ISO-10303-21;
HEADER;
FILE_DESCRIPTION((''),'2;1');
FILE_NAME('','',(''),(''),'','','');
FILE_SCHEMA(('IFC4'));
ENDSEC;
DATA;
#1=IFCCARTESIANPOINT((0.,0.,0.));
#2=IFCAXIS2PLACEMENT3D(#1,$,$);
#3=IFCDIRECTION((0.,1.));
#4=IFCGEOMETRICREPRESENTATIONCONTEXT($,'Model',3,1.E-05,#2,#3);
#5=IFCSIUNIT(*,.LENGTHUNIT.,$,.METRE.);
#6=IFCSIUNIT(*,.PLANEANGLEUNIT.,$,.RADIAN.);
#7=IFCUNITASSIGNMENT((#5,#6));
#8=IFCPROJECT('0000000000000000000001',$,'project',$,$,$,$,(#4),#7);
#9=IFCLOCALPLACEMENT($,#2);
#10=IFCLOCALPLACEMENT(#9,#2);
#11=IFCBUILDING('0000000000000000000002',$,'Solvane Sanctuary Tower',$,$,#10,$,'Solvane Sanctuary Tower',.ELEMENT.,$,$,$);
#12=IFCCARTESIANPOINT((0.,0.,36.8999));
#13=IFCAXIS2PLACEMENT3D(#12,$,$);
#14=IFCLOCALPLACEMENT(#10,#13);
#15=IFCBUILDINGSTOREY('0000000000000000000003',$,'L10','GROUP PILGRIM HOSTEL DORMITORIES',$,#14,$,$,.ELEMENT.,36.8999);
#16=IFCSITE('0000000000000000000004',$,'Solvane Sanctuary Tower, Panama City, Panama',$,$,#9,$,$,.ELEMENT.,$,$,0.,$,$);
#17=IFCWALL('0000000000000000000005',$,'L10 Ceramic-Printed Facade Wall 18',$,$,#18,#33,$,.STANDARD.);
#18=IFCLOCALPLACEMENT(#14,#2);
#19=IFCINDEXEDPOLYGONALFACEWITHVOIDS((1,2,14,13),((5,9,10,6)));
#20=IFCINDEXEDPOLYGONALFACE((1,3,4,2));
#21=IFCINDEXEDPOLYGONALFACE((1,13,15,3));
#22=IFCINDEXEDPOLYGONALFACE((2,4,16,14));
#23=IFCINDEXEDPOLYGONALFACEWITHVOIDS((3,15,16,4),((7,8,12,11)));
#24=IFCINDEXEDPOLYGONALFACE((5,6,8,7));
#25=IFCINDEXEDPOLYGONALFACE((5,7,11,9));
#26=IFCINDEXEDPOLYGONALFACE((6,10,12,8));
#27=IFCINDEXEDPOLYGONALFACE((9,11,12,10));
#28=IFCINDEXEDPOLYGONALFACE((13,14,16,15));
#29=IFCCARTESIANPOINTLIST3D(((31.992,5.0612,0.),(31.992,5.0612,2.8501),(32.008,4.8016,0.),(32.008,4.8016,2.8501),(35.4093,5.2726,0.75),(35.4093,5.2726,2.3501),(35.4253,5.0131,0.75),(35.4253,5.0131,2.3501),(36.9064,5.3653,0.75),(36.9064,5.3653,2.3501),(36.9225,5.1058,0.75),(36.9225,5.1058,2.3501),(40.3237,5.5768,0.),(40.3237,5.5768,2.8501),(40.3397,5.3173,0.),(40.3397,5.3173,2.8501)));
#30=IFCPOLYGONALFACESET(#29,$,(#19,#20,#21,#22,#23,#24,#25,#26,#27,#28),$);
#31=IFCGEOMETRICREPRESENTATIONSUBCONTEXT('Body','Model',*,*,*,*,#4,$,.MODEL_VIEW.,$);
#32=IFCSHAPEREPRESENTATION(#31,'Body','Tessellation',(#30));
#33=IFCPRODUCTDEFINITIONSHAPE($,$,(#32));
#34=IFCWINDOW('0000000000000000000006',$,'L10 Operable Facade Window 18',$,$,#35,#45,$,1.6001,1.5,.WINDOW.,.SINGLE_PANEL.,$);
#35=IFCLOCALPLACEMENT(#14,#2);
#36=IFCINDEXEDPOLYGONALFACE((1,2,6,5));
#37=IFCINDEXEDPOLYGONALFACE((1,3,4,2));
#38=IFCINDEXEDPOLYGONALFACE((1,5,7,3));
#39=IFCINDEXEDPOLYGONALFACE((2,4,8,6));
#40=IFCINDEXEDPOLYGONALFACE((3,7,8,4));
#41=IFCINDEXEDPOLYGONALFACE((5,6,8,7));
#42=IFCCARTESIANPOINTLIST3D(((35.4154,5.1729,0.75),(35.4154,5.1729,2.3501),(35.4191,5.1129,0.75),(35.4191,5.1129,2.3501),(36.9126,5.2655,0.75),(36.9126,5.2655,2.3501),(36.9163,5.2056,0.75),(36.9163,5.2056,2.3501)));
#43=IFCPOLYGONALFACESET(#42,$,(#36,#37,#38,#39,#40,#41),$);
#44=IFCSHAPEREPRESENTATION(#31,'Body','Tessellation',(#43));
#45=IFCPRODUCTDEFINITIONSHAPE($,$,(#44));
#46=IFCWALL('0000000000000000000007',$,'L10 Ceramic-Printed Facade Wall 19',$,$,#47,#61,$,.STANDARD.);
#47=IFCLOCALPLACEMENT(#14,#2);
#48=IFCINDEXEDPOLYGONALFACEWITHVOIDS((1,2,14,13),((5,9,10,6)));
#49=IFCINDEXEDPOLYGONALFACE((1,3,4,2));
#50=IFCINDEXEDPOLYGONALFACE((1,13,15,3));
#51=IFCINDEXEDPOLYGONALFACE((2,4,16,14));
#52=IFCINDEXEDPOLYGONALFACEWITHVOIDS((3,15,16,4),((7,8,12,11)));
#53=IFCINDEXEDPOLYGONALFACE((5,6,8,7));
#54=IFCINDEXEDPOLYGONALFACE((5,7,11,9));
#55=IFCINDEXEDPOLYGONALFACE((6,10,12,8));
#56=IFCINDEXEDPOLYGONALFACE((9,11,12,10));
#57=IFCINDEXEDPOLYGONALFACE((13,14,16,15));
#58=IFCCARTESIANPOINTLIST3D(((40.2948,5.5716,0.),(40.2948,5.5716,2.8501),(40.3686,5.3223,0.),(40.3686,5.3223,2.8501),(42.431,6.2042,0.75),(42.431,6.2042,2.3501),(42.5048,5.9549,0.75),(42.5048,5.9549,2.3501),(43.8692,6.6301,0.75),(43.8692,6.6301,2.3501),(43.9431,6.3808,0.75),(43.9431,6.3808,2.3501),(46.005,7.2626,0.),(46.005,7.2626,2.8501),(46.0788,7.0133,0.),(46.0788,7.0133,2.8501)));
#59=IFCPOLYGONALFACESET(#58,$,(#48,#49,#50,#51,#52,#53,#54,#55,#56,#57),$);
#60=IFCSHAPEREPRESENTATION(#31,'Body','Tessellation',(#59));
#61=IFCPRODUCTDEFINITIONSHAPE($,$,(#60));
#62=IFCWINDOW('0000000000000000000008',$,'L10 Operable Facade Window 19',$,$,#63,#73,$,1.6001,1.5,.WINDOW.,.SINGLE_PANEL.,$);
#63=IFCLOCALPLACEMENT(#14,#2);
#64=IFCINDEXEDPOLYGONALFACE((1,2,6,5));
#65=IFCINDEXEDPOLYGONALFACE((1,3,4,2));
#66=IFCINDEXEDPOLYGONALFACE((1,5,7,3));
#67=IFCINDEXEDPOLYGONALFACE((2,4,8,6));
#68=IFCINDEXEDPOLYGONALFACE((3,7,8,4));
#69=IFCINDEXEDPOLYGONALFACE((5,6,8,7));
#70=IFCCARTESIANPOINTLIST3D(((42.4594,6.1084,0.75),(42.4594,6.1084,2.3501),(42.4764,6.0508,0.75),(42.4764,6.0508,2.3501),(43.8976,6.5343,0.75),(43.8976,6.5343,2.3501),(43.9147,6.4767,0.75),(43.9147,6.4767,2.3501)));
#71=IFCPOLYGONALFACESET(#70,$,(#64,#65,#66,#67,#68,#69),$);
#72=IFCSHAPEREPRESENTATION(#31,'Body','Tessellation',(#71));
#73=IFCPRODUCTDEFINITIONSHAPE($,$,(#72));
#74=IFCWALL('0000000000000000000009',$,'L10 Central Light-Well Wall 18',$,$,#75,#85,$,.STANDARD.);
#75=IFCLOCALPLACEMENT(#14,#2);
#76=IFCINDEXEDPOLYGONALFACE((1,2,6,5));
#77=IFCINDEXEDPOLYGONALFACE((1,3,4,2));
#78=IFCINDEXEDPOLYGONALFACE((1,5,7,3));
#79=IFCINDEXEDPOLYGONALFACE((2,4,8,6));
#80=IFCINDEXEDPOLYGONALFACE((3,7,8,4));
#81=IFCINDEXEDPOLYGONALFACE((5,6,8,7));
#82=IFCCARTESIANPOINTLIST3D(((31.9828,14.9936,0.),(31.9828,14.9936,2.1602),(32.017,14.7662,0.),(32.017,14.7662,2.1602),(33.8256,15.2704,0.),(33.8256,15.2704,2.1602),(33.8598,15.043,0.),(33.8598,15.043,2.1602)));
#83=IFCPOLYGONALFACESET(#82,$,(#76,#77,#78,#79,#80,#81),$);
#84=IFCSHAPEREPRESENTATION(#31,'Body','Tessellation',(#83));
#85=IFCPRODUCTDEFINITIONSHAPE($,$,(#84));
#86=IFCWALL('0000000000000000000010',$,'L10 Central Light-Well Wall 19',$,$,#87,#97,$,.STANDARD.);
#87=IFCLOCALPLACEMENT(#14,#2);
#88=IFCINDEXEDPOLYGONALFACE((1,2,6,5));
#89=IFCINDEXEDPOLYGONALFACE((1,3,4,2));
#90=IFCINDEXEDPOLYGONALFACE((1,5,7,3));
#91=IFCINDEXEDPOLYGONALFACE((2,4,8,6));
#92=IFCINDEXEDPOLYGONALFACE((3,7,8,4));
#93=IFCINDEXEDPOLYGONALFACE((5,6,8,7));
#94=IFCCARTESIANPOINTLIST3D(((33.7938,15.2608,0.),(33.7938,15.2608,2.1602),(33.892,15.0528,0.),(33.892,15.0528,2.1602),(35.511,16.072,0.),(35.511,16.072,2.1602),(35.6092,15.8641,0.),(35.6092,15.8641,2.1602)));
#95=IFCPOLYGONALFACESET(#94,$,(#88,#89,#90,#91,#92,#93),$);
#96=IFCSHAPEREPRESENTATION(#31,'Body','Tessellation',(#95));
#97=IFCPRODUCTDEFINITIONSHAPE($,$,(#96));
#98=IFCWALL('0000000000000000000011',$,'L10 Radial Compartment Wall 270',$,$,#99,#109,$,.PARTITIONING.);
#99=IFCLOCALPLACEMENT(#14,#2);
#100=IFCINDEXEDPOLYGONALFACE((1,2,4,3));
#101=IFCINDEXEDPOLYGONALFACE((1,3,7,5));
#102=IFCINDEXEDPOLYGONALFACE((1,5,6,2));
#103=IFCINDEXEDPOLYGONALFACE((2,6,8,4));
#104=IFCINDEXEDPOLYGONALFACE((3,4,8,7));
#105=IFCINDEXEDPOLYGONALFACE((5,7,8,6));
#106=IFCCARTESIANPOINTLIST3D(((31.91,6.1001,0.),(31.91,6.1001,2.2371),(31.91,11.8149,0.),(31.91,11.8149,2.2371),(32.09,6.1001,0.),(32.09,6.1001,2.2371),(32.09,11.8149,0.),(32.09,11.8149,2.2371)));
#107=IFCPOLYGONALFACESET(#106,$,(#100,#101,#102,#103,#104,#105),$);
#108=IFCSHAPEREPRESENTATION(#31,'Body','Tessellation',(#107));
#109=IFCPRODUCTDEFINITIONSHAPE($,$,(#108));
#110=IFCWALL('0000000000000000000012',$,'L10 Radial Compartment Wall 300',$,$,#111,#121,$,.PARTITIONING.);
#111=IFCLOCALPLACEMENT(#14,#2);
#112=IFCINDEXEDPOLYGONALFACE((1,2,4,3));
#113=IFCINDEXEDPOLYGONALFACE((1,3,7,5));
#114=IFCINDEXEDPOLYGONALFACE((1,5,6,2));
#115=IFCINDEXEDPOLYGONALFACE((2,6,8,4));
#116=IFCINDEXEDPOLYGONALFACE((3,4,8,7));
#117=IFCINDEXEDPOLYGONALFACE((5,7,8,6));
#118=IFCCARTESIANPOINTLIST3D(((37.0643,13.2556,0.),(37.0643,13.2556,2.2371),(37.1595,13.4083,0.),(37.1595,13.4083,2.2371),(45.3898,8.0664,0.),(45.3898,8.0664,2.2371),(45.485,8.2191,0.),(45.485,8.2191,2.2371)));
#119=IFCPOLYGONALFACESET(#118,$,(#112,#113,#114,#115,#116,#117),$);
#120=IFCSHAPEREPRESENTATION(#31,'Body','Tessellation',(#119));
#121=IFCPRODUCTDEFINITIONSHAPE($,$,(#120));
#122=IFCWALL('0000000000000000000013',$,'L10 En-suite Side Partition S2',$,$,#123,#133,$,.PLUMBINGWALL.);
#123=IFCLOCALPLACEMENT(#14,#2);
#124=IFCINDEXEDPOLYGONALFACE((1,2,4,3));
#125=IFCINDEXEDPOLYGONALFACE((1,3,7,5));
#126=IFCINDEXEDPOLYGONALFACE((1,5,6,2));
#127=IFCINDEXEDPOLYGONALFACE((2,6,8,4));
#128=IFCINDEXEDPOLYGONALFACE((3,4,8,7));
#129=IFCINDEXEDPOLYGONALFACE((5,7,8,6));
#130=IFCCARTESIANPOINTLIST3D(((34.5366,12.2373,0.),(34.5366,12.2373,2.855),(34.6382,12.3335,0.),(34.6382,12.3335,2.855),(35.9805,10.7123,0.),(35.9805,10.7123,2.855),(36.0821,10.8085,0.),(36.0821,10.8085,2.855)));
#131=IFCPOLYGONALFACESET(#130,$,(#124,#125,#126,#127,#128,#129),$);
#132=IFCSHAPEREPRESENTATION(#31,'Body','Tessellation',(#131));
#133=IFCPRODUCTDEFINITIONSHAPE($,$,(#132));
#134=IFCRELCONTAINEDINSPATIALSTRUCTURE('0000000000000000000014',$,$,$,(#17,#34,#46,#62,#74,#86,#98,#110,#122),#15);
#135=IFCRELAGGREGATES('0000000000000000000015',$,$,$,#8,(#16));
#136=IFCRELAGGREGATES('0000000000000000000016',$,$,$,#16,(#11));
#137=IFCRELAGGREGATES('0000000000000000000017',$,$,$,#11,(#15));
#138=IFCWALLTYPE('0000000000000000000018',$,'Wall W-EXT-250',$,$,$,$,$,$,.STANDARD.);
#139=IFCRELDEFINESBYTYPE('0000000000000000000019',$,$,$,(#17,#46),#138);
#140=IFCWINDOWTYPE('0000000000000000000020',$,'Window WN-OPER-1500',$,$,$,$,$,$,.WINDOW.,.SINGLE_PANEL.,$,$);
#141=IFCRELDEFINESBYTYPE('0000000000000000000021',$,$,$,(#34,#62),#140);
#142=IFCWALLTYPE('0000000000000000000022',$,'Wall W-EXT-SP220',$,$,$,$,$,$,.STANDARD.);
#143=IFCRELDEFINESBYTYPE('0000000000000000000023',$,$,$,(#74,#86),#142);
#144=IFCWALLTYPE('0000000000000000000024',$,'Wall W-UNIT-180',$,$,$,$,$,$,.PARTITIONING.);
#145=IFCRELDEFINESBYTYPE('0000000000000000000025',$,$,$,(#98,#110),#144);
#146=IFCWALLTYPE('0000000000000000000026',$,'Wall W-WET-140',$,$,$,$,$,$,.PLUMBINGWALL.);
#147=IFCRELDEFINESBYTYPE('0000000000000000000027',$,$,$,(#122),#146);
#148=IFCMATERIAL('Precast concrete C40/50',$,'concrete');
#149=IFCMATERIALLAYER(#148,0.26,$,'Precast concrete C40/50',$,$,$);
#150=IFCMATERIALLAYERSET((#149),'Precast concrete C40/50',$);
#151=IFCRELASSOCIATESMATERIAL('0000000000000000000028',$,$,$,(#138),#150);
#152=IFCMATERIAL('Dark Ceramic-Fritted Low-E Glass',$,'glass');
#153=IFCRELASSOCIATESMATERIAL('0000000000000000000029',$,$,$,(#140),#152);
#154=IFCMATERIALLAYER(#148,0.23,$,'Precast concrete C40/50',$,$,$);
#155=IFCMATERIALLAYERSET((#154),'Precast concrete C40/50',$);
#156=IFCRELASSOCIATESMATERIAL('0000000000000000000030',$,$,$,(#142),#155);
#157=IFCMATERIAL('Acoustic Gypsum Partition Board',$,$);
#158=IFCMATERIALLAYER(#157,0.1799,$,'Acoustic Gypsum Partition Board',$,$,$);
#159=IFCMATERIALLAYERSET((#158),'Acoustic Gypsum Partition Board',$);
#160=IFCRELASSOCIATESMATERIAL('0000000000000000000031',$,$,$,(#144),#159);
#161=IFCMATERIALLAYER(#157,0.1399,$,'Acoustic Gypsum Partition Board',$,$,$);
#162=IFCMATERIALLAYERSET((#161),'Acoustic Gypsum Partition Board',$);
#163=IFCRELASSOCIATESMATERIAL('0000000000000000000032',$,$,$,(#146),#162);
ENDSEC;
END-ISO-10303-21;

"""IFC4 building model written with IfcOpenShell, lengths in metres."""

from ifc_helpers import new_model, si_unit, direction, frame, frame_2d, origin, place, context, subcontext, project, spatial, rectangle, extrude, material, layer, layer_set, type_object, element, fill, save


model = new_model("IFC4")

# Units and contexts
model_context = context("Model", 3, precision=1e-05, world=origin(), true_north=direction((0.0, 1.0)))
body_context = subcontext(model_context, "Body", "Model", "MODEL_VIEW")
ifc_project = project(units=[si_unit("LENGTHUNIT", "METRE"), si_unit("PLANEANGLEUNIT", "RADIAN")], contexts=[model_context])

# Site, building, storey
site_placement = place(None, origin())
site = spatial("IfcSite", under=ifc_project, at=site_placement, Name="Solvane Sanctuary Tower, Panama City, Panama", CompositionType="ELEMENT", RefElevation=0.0)
building_placement = place(site_placement, origin())
building = spatial("IfcBuilding", under=site, at=building_placement, Name="Solvane Sanctuary Tower", LongName="Solvane Sanctuary Tower", CompositionType="ELEMENT")
storey_placement = place(building_placement, frame((0.0, 0.0, 36.8999)))
storey = spatial("IfcBuildingStorey", under=building, at=storey_placement, Name="L10", Description="GROUP PILGRIM HOSTEL DORMITORIES", CompositionType="ELEMENT", Elevation=36.8999)

# Shared definitions
ifc_material_1 = material(Name="Acoustic Gypsum Partition Board")

# Walls, openings, windows
ifc_material_2 = material(Name="Precast concrete C40/50", Category="concrete")
ifc_layer_1 = layer(ifc_material_2, 0.26, Name="Precast concrete C40/50")
ifc_layer_set_1 = layer_set([ifc_layer_1], Name="Precast concrete C40/50")
wall_type_1 = type_object("IfcWallType", Name="Wall W-EXT-250", PredefinedType="STANDARD", material=ifc_layer_set_1)
wall_1_placement = place(storey_placement, frame((32.0, 4.9314, 0.0), z_axis=(0.0, 0.0, 1.0), x_axis=(0.998091, 0.061768, 0.0)))
wall_1 = element("IfcWall", 1, at=wall_1_placement, inside=storey, type_object=wall_type_1, Name="L10 Ceramic-Printed Facade Wall 18", PredefinedType="STANDARD", context=body_context, shape_type="SweptSolid", body=[
    extrude(rectangle(XDim=8.3477, YDim=0.26, at=frame_2d((4.1738, 0.0))), origin(), (0.0, 0.0, 1.0), 2.8501),
])
opening_1_placement = place(wall_1_placement, frame((3.4238, 0.0, 0.75)))
opening_1 = element("IfcOpeningElement", 2, at=opening_1_placement, cuts=wall_1, PredefinedType="OPENING", context=body_context, shape_type="SweptSolid", body=[
    extrude(rectangle(XDim=1.5, YDim=1.6001, at=frame_2d((0.75, 0.8))), frame((0.0, 0.1399, 0.0), z_axis=(0.0, -1.0, 0.0), x_axis=(1.0, 0.0, 0.0)), (0.0, 0.0, 1.0), 0.28),
])
ifc_material_3 = material(Name="Dark Ceramic-Fritted Low-E Glass", Category="glass")
window_type = type_object("IfcWindowType", Name="Window WN-OPER-1500", PartitioningType="SINGLE_PANEL", PredefinedType="WINDOW", material=ifc_material_3)
window_1_placement = place(opening_1_placement, origin())
window_1 = element("IfcWindow", 3, at=window_1_placement, inside=storey, type_object=window_type, Name="L10 Operable Facade Window 18", OverallHeight=1.6001, OverallWidth=1.5, PartitioningType="SINGLE_PANEL", PredefinedType="WINDOW", context=body_context, shape_type="SweptSolid", body=[
    extrude(rectangle(XDim=1.5, YDim=1.6001, at=frame_2d((0.75, 0.8))), frame((0.0, 0.03, 0.0), z_axis=(0.0, -1.0, 0.0), x_axis=(1.0, 0.0, 0.0)), (0.0, 0.0, 1.0), 0.0601),
])
fill(opening_1, window_1)
wall_2_placement = place(storey_placement, frame((40.3318, 5.447, 0.0), z_axis=(0.0, 0.0, 1.0), x_axis=(0.958844, 0.283935, 0.0)))
wall_2 = element("IfcWall", 4, at=wall_2_placement, inside=storey, type_object=wall_type_1, Name="L10 Ceramic-Printed Facade Wall 19", PredefinedType="STANDARD", context=body_context, shape_type="SweptSolid", body=[
    extrude(rectangle(XDim=5.9553, YDim=0.26, at=frame_2d((2.9775, 0.0))), origin(), (0.0, 0.0, 1.0), 2.8501),
])
opening_2_placement = place(wall_2_placement, frame((2.2278, 0.0, 0.75)))
opening_2 = element("IfcOpeningElement", 5, at=opening_2_placement, cuts=wall_2, PredefinedType="OPENING", context=body_context, shape_type="SweptSolid", body=[
    extrude(rectangle(XDim=1.5, YDim=1.6001, at=frame_2d((0.75, 0.8))), frame((0.0, 0.1399, 0.0), z_axis=(0.0, -1.0, 0.0), x_axis=(1.0, 0.0, 0.0)), (0.0, 0.0, 1.0), 0.28),
])
window_2_placement = place(opening_2_placement, origin())
window_2 = element("IfcWindow", 6, at=window_2_placement, inside=storey, type_object=window_type, Name="L10 Operable Facade Window 19", OverallHeight=1.6001, OverallWidth=1.5, PartitioningType="SINGLE_PANEL", PredefinedType="WINDOW", context=body_context, shape_type="SweptSolid", body=[
    extrude(rectangle(XDim=1.5, YDim=1.6001, at=frame_2d((0.75, 0.8))), frame((0.0, 0.03, 0.0), z_axis=(0.0, -1.0, 0.0), x_axis=(1.0, 0.0, 0.0)), (0.0, 0.0, 1.0), 0.0601),
])
fill(opening_2, window_2)

# Walls
ifc_layer_2 = layer(ifc_material_2, 0.23, Name="Precast concrete C40/50")
ifc_layer_set_2 = layer_set([ifc_layer_2], Name="Precast concrete C40/50")
wall_type_2 = type_object("IfcWallType", Name="Wall W-EXT-SP220", PredefinedType="STANDARD", material=ifc_layer_set_2)
wall_3_placement = place(storey_placement, frame((32.0, 14.8799, 0.0), z_axis=(0.0, 0.0, 1.0), x_axis=(0.988902, 0.148571, 0.0)))
element("IfcWall", 7, at=wall_3_placement, inside=storey, type_object=wall_type_2, Name="L10 Central Light-Well Wall 18", PredefinedType="STANDARD", context=body_context, shape_type="SweptSolid", body=[
    extrude(rectangle(XDim=1.8635, YDim=0.23, at=frame_2d((0.9316, 0.0))), origin(), (0.0, 0.0, 1.0), 2.1602),
])
wall_4_placement = place(storey_placement, frame((33.8428, 15.1567, 0.0), z_axis=(0.0, 0.0, 1.0), x_axis=(0.90418, 0.427152, 0.0)))
element("IfcWall", 8, at=wall_4_placement, inside=storey, type_object=wall_type_2, Name="L10 Central Light-Well Wall 19", PredefinedType="STANDARD", context=body_context, shape_type="SweptSolid", body=[
    extrude(rectangle(XDim=1.8992, YDim=0.23, at=frame_2d((0.9497, 0.0))), origin(), (0.0, 0.0, 1.0), 2.1602),
])
ifc_layer_3 = layer(ifc_material_1, 0.1799, Name="Acoustic Gypsum Partition Board")
ifc_layer_set_3 = layer_set([ifc_layer_3], Name="Acoustic Gypsum Partition Board")
wall_type_3 = type_object("IfcWallType", Name="Wall W-UNIT-180", PredefinedType="PARTITIONING", material=ifc_layer_set_3)
wall_5_placement = place(storey_placement, frame((32.0, 11.8149, 0.0), z_axis=(0.0, 0.0, 1.0), x_axis=(0.0, -1.0, 0.0)))
element("IfcWall", 9, at=wall_5_placement, inside=storey, type_object=wall_type_3, Name="L10 Radial Compartment Wall 270", PredefinedType="PARTITIONING", context=body_context, shape_type="SweptSolid", body=[
    extrude(rectangle(XDim=5.7148, YDim=0.1799, at=frame_2d((2.8574, 0.0))), origin(), (0.0, 0.0, 1.0), 2.2371),
])
wall_6_placement = place(storey_placement, frame((37.1118, 13.332, 0.0), z_axis=(0.0, 0.0, 1.0), x_axis=(0.848648, -0.528958, 0.0)))
element("IfcWall", 10, at=wall_6_placement, inside=storey, type_object=wall_type_3, Name="L10 Radial Compartment Wall 300", PredefinedType="PARTITIONING", context=body_context, shape_type="SweptSolid", body=[
    extrude(rectangle(XDim=9.8103, YDim=0.1799, at=frame_2d((4.9053, 0.0))), origin(), (0.0, 0.0, 1.0), 2.2371),
])
ifc_layer_4 = layer(ifc_material_1, 0.1399, Name="Acoustic Gypsum Partition Board")
ifc_layer_set_4 = layer_set([ifc_layer_4], Name="Acoustic Gypsum Partition Board")
wall_type_4 = type_object("IfcWallType", Name="Wall W-WET-140", PredefinedType="PLUMBINGWALL", material=ifc_layer_set_4)
wall_7_placement = place(storey_placement, frame((34.5874, 12.2854, 0.0), z_axis=(0.0, 0.0, 1.0), x_axis=(0.687545, -0.726142, 0.0)))
element("IfcWall", 11, at=wall_7_placement, inside=storey, type_object=wall_type_4, Name="L10 En-suite Side Partition S2", PredefinedType="PLUMBINGWALL", context=body_context, shape_type="SweptSolid", body=[
    extrude(rectangle(XDim=2.1001, YDim=0.1399, at=frame_2d((1.05, 0.0))), origin(), (0.0, 0.0, 1.0), 2.855),
])

save(model, "model.ifc")
